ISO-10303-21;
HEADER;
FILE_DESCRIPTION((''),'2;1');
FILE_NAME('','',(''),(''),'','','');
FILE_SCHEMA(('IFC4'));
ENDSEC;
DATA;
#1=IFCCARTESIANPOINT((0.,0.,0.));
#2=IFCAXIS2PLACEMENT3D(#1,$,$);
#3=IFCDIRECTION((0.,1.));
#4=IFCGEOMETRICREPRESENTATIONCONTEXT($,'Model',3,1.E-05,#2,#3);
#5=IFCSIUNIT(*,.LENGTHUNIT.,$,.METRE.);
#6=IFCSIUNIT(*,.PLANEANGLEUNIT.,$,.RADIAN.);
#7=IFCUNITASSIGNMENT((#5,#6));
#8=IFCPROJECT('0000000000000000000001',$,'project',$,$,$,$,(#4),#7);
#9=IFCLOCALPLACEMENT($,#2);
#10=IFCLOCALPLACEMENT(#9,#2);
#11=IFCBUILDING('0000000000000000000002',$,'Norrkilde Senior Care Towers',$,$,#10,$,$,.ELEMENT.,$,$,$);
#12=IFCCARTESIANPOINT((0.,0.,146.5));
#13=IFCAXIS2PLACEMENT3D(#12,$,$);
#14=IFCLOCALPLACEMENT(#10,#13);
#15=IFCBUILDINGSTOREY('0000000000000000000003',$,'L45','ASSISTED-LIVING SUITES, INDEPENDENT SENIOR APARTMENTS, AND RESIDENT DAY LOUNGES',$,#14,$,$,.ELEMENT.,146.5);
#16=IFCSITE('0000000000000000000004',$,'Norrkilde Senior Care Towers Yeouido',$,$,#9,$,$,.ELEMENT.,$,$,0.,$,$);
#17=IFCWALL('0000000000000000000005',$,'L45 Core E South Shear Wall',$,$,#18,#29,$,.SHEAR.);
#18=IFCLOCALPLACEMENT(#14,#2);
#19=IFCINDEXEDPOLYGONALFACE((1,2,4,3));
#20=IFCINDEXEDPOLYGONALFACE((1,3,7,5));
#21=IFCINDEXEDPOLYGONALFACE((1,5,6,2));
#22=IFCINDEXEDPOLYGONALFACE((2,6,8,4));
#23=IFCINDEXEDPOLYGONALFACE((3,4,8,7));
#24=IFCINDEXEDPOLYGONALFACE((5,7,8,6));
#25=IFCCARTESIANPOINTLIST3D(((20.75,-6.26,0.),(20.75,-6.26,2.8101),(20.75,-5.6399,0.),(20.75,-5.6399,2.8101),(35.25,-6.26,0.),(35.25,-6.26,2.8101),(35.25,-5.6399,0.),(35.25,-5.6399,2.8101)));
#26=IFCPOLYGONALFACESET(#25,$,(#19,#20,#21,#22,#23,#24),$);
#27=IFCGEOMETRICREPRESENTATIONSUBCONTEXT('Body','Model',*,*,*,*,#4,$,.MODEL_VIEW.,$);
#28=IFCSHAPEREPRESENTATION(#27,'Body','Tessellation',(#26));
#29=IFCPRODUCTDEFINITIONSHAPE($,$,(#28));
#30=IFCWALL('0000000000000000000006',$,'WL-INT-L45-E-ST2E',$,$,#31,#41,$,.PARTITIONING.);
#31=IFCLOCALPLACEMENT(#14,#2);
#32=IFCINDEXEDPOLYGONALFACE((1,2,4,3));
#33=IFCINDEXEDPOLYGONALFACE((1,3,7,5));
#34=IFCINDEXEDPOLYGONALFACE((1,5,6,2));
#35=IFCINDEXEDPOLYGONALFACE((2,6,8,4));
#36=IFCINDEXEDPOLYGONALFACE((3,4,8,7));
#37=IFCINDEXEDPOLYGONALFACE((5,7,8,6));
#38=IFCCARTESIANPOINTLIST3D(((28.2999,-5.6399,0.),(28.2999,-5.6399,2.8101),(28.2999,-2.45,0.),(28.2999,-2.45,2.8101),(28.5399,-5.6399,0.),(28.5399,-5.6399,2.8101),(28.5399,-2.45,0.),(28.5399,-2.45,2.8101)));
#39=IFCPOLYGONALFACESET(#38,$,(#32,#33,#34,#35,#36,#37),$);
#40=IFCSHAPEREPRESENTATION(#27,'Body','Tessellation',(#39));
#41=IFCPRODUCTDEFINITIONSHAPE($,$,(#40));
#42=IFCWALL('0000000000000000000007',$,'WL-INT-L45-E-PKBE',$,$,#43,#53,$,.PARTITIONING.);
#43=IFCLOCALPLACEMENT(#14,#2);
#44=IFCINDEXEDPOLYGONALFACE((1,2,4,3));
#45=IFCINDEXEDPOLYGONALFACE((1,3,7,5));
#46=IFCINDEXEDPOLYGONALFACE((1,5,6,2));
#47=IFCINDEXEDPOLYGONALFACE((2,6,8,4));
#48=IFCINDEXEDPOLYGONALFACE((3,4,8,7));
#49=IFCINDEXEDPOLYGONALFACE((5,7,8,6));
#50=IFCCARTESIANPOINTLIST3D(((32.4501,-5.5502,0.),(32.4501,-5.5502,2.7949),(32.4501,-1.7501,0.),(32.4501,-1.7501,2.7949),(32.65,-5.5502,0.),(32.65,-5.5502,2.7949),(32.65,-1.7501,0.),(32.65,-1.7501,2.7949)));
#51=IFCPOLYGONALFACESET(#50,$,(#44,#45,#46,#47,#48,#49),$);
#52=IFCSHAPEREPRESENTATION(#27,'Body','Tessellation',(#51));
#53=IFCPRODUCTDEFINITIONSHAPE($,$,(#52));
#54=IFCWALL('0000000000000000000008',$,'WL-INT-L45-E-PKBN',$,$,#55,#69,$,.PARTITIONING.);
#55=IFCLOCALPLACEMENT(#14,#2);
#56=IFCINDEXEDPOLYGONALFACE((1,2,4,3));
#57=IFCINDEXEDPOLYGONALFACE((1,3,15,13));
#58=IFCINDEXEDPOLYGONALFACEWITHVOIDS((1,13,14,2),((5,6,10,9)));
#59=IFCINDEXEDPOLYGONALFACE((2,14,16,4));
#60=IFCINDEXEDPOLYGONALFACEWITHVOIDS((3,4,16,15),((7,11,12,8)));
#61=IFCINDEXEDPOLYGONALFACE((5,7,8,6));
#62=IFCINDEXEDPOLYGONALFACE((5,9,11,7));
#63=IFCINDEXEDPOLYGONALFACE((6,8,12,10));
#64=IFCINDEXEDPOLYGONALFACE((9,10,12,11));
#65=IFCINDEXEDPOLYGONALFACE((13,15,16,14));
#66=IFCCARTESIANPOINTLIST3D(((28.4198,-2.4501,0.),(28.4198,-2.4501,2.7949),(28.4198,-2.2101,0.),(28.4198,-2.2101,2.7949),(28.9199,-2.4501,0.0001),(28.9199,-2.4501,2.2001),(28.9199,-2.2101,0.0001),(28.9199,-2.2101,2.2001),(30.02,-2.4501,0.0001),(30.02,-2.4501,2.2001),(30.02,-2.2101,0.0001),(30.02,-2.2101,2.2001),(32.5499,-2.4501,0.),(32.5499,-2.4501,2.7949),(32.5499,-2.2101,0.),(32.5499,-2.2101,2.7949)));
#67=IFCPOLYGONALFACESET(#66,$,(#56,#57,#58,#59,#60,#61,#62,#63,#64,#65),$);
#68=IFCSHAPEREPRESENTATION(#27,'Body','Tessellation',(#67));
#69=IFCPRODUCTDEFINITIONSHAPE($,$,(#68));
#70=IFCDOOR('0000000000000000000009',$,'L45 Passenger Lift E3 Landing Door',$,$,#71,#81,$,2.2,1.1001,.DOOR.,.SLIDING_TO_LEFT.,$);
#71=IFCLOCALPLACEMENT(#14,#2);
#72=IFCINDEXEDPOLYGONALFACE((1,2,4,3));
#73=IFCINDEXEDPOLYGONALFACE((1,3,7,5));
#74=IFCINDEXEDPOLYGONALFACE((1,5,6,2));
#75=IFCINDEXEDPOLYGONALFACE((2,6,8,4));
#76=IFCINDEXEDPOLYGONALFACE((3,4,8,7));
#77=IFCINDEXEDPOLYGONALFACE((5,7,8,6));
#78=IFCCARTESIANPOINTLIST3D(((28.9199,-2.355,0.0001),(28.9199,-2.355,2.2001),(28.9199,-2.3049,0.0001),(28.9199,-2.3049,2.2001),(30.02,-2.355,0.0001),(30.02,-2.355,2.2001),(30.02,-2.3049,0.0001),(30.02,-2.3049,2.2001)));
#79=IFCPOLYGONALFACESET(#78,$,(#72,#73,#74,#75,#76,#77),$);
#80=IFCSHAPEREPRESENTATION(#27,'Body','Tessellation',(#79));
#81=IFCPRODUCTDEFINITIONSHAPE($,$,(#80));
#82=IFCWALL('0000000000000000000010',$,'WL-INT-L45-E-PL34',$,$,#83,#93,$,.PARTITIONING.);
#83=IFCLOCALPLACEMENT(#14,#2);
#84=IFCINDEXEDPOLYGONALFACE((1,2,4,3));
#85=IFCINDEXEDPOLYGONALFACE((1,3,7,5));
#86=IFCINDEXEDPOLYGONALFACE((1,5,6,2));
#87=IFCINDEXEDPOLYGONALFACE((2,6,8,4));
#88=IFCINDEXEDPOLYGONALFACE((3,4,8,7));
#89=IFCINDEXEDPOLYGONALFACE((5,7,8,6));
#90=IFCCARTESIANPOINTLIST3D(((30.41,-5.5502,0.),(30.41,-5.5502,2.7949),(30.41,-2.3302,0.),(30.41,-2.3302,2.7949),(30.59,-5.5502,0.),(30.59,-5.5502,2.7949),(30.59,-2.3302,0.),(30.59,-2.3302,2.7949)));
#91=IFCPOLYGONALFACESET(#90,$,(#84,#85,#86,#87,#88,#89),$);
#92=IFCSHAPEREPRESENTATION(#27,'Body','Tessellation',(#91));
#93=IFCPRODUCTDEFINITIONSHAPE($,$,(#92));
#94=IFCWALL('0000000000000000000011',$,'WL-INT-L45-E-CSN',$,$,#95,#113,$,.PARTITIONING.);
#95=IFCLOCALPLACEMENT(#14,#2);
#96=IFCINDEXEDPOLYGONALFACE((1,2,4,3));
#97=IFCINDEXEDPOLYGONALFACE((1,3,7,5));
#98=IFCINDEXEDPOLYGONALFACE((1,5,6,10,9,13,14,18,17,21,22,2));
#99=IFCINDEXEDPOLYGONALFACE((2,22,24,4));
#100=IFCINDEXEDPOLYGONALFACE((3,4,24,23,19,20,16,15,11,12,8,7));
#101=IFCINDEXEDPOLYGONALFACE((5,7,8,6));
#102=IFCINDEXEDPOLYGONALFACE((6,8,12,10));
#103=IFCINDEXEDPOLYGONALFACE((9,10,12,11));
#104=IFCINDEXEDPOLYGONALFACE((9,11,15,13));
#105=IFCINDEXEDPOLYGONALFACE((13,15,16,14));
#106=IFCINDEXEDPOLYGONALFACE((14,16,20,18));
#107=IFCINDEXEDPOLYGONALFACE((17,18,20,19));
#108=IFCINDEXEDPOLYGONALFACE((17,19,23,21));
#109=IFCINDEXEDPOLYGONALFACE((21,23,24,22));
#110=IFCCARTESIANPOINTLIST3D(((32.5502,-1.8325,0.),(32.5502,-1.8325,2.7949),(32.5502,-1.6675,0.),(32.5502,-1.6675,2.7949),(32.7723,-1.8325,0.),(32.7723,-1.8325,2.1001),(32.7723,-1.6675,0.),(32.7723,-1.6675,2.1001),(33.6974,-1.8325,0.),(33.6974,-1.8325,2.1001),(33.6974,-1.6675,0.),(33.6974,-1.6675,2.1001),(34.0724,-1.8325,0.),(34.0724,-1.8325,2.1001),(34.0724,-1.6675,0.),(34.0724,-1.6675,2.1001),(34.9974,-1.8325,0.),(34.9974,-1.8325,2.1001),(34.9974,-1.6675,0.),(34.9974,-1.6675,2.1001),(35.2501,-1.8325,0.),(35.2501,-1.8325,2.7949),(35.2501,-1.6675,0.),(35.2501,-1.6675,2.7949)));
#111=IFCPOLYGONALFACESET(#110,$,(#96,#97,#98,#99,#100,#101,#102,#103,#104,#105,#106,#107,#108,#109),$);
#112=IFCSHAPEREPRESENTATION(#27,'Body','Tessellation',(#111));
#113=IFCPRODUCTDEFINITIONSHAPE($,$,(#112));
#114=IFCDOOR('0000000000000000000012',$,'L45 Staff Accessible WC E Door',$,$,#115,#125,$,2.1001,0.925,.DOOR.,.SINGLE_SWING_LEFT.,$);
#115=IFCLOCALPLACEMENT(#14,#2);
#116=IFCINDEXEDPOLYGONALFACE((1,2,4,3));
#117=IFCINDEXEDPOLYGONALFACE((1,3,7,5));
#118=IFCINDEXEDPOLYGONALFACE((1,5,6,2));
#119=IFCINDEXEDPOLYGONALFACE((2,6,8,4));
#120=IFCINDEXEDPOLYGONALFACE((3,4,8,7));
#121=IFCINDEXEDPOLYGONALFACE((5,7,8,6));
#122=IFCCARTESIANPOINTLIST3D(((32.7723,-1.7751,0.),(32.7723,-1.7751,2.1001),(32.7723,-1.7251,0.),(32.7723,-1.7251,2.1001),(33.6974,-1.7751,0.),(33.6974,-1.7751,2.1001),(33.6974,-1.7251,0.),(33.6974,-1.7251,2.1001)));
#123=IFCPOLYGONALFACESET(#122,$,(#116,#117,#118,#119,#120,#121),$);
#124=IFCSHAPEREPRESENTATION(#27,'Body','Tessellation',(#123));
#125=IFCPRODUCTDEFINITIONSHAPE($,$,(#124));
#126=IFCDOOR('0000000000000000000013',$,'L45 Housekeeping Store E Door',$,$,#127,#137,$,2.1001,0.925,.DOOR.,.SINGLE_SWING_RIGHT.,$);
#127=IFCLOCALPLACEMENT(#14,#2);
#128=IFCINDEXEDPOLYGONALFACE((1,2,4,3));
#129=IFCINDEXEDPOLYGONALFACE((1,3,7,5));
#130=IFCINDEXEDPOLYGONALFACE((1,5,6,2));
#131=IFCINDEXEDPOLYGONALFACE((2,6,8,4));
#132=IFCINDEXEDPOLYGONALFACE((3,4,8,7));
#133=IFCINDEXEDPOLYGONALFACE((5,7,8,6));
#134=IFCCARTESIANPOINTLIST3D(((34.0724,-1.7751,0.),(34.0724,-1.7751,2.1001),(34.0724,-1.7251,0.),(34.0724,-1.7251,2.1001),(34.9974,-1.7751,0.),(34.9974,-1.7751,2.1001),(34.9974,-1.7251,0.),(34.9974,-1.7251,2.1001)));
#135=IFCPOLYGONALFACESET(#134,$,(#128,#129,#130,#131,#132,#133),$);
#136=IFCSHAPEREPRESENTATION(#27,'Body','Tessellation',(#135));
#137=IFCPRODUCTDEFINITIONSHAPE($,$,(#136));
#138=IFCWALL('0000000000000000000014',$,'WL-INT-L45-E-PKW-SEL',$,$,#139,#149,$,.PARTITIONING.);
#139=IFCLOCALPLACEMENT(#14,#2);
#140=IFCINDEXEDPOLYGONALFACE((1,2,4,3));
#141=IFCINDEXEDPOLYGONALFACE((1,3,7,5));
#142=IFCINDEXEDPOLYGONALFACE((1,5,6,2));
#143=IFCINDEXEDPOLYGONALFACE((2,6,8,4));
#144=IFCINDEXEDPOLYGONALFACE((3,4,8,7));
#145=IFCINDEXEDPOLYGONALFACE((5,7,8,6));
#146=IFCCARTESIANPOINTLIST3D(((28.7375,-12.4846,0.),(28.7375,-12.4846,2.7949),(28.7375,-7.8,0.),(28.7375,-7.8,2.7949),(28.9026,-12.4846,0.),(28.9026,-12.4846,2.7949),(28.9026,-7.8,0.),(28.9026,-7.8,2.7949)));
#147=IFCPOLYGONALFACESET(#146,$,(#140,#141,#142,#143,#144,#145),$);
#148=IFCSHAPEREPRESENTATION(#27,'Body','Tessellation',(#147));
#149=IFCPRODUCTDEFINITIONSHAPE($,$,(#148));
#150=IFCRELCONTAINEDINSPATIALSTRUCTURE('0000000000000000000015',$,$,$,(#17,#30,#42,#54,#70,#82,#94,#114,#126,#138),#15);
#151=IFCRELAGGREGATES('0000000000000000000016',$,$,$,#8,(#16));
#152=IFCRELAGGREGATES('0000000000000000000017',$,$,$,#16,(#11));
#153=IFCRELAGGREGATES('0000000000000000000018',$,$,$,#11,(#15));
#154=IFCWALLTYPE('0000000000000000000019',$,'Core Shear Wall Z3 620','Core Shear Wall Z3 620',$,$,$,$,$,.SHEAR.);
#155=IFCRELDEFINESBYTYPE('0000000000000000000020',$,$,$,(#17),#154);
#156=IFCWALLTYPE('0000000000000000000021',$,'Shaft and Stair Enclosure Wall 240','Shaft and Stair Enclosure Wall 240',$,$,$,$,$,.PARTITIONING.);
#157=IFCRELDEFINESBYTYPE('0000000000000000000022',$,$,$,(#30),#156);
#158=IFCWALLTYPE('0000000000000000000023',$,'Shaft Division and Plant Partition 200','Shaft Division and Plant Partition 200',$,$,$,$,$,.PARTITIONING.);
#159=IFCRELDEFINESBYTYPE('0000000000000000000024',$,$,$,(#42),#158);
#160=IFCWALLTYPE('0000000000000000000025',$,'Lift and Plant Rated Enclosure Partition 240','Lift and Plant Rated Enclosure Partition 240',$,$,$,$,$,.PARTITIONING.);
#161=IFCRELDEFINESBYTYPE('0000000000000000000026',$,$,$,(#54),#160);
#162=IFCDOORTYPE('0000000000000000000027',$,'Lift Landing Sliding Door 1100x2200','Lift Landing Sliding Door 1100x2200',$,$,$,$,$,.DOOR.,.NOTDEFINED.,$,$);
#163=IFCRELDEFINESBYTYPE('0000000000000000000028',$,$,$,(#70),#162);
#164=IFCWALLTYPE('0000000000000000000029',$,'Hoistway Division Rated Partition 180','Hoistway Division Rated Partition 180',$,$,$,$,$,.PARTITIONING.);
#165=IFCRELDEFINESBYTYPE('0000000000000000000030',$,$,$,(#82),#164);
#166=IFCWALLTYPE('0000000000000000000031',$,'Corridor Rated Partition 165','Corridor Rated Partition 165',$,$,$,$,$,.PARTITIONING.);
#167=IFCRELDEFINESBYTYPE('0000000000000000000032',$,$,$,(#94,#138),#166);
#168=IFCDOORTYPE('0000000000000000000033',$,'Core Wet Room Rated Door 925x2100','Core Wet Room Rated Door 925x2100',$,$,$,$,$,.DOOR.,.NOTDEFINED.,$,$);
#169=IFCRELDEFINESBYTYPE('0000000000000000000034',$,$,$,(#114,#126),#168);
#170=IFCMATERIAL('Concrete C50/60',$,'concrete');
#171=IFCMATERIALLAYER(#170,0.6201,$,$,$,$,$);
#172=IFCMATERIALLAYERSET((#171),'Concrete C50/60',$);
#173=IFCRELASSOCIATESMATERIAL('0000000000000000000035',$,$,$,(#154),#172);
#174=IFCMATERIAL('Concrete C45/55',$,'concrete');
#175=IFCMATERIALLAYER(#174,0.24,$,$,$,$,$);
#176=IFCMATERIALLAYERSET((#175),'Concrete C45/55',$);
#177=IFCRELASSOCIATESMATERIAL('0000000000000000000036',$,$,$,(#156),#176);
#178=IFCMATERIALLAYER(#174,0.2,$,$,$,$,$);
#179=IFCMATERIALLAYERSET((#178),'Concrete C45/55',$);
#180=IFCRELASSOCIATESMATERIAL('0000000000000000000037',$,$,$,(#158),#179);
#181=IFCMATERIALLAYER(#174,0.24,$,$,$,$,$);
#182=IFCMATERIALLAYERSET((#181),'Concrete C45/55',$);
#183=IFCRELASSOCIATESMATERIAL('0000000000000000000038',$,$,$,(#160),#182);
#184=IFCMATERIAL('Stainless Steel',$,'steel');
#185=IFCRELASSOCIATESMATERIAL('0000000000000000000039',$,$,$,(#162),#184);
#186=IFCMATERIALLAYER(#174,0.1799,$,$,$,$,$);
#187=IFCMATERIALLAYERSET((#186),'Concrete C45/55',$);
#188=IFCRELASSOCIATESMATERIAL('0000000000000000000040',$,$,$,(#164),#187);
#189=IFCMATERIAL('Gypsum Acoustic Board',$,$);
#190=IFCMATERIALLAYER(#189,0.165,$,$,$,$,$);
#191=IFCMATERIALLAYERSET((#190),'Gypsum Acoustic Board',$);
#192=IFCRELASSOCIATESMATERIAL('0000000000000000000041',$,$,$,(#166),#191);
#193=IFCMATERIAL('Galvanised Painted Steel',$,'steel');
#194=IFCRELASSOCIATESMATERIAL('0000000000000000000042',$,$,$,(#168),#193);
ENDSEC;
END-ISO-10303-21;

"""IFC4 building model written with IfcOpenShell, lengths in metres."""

from ifc_helpers import new_model, si_unit, direction, frame, frame_2d, origin, place, context, subcontext, project, spatial, rectangle, extrude, source, transform, mapped, material, layer, layer_set, type_object, type_shapes, element, fill, save


model = new_model("IFC4")

# Units and contexts
model_context = context("Model", 3, precision=1e-05, world=origin(), true_north=direction((0.0, 1.0)))
body_context = subcontext(model_context, "Body", "Model", "MODEL_VIEW")
ifc_project = project(units=[si_unit("LENGTHUNIT", "METRE"), si_unit("PLANEANGLEUNIT", "RADIAN")], contexts=[model_context])

# Site, building, storey
site_placement = place(None, origin())
site = spatial("IfcSite", under=ifc_project, at=site_placement, Name="Norrkilde Senior Care Towers Yeouido", CompositionType="ELEMENT", RefElevation=0.0)
building_placement = place(site_placement, origin())
building = spatial("IfcBuilding", under=site, at=building_placement, Name="Norrkilde Senior Care Towers", CompositionType="ELEMENT")
storey_placement = place(building_placement, frame((0.0, 0.0, 146.5)))
storey = spatial("IfcBuildingStorey", under=building, at=storey_placement, Name="L45", Description="ASSISTED-LIVING SUITES, INDEPENDENT SENIOR APARTMENTS, AND RESIDENT DAY LOUNGES", CompositionType="ELEMENT", Elevation=146.5)

# Shared definitions
ifc_material_1 = material(Name="Concrete C50/60", Category="concrete")

# Walls
ifc_layer_1 = layer(ifc_material_1, 0.6201)
ifc_layer_set_1 = layer_set([ifc_layer_1], Name="Concrete C50/60")
wall_type_1 = type_object("IfcWallType", Name="Core Shear Wall Z3 620", Description="Core Shear Wall Z3 620", PredefinedType="SHEAR", material=ifc_layer_set_1)
shared_shape_1 = source(origin(), body_context, "Body", "SweptSolid", [
    extrude(rectangle(XDim=14.5, YDim=0.6201, at=frame_2d((7.25, 0.0))), origin(), (0.0, 0.0, 1.0), 2.8101),
])
type_shapes(wall_type_1, [shared_shape_1])
wall_1_placement = place(storey_placement, frame((35.25, -5.95, 0.0), z_axis=(0.0, 0.0, 1.0), x_axis=(-1.0, 0.0, 0.0)))
element("IfcWall", 1, at=wall_1_placement, inside=storey, type_object=wall_type_1, Name="L45 Core E South Shear Wall", PredefinedType="SHEAR", context=body_context, shape_type="MappedRepresentation", body=[
    mapped(shared_shape_1, transform((0.0, 0.0, 0.0), x_axis=(1.0, 0.0, 0.0), y_axis=(0.0, 1.0, 0.0), z_axis=(0.0, 0.0, 1.0), scale=1.0)),
])
ifc_material_2 = material(Name="Concrete C45/55", Category="concrete")
ifc_layer_2 = layer(ifc_material_2, 0.24)
ifc_layer_set_2 = layer_set([ifc_layer_2], Name="Concrete C45/55")
wall_type_2 = type_object("IfcWallType", Name="Shaft and Stair Enclosure Wall 240", Description="Shaft and Stair Enclosure Wall 240", PredefinedType="PARTITIONING", material=ifc_layer_set_2)
shared_shape_2 = source(origin(), body_context, "Body", "SweptSolid", [
    extrude(rectangle(XDim=3.1899, YDim=0.24, at=frame_2d((1.595, 0.0))), origin(), (0.0, 0.0, 1.0), 2.8101),
])
type_shapes(wall_type_2, [shared_shape_2])
wall_2_placement = place(storey_placement, frame((28.4199, -5.6399, 0.0), z_axis=(0.0, 0.0, 1.0), x_axis=(0.0, 1.0, 0.0)))
element("IfcWall", 2, at=wall_2_placement, inside=storey, type_object=wall_type_2, Name="WL-INT-L45-E-ST2E", PredefinedType="PARTITIONING", context=body_context, shape_type="MappedRepresentation", body=[
    mapped(shared_shape_2, transform((0.0, 0.0, 0.0), x_axis=(1.0, 0.0, 0.0), y_axis=(0.0, 1.0, 0.0), z_axis=(0.0, 0.0, 1.0), scale=1.0)),
])
ifc_layer_3 = layer(ifc_material_2, 0.2)
ifc_layer_set_3 = layer_set([ifc_layer_3], Name="Concrete C45/55")
wall_type_3 = type_object("IfcWallType", Name="Shaft Division and Plant Partition 200", Description="Shaft Division and Plant Partition 200", PredefinedType="PARTITIONING", material=ifc_layer_set_3)
shared_shape_3 = source(origin(), body_context, "Body", "SweptSolid", [
    extrude(rectangle(XDim=3.8, YDim=0.2, at=frame_2d((1.8999, 0.0))), origin(), (0.0, 0.0, 1.0), 2.7949),
])
type_shapes(wall_type_3, [shared_shape_3])
wall_3_placement = place(storey_placement, frame((32.55, -5.55, 0.0), z_axis=(0.0, 0.0, 1.0), x_axis=(0.0, 1.0, 0.0)))
element("IfcWall", 3, at=wall_3_placement, inside=storey, type_object=wall_type_3, Name="WL-INT-L45-E-PKBE", PredefinedType="PARTITIONING", context=body_context, shape_type="MappedRepresentation", body=[
    mapped(shared_shape_3, transform((0.0, 0.0, 0.0), x_axis=(1.0, 0.0, 0.0), y_axis=(0.0, 1.0, 0.0), z_axis=(0.0, 0.0, 1.0), scale=1.0)),
])

# Wall, opening, door
ifc_layer_4 = layer(ifc_material_2, 0.24)
ifc_layer_set_4 = layer_set([ifc_layer_4], Name="Concrete C45/55")
wall_type_4 = type_object("IfcWallType", Name="Lift and Plant Rated Enclosure Partition 240", Description="Lift and Plant Rated Enclosure Partition 240", PredefinedType="PARTITIONING", material=ifc_layer_set_4)
shared_shape_4 = source(origin(), body_context, "Body", "SweptSolid", [
    extrude(rectangle(XDim=4.1301, YDim=0.24, at=frame_2d((2.0649, 0.0))), origin(), (0.0, 0.0, 1.0), 2.7949),
])
type_shapes(wall_type_4, [shared_shape_4])
wall_4_placement = place(storey_placement, frame((28.4199, -2.3301, 0.0), z_axis=(0.0, 0.0, 1.0), x_axis=(1.0, 0.0, 0.0)))
wall_4 = element("IfcWall", 4, at=wall_4_placement, inside=storey, type_object=wall_type_4, Name="WL-INT-L45-E-PKBN", PredefinedType="PARTITIONING", context=body_context, shape_type="MappedRepresentation", body=[
    mapped(shared_shape_4, transform((0.0, 0.0, 0.0), x_axis=(1.0, 0.0, 0.0), y_axis=(0.0, 1.0, 0.0), z_axis=(0.0, 0.0, 1.0), scale=1.0)),
])
opening_1_placement = place(wall_4_placement, frame((0.5, 0.0, 0.0)))
opening_1 = element("IfcOpeningElement", 5, at=opening_1_placement, cuts=wall_4, PredefinedType="OPENING", context=body_context, shape_type="SweptSolid", body=[
    extrude(rectangle(XDim=1.1001, YDim=2.2, at=frame_2d((0.55, 1.1001))), frame((0.0, 0.1299, 0.0), z_axis=(0.0, -1.0, 0.0), x_axis=(1.0, 0.0, 0.0)), (0.0, 0.0, 1.0), 0.26),
])
ifc_material_3 = material(Name="Stainless Steel", Category="steel")
door_type_1 = type_object("IfcDoorType", Name="Lift Landing Sliding Door 1100x2200", Description="Lift Landing Sliding Door 1100x2200", OperationType="NOTDEFINED", PredefinedType="DOOR", material=ifc_material_3)
shared_shape_5 = source(origin(), body_context, "Body", "SweptSolid", [
    extrude(rectangle(XDim=1.1001, YDim=2.2, at=frame_2d((0.55, 1.1001))), frame((0.0, 0.0249, 0.0), z_axis=(0.0, -1.0, 0.0), x_axis=(1.0, 0.0, 0.0)), (0.0, 0.0, 1.0), 0.05),
])
type_shapes(door_type_1, [shared_shape_5])
door_1_placement = place(opening_1_placement, frame((1.1001, 0.0, 0.0), z_axis=(0.0, 0.0, 1.0), x_axis=(-1.0, 0.0, 0.0)))
door_1 = element("IfcDoor", 6, at=door_1_placement, inside=storey, type_object=door_type_1, Name="L45 Passenger Lift E3 Landing Door", OperationType="SLIDING_TO_LEFT", OverallHeight=2.2, OverallWidth=1.1001, PredefinedType="DOOR", context=body_context, shape_type="MappedRepresentation", body=[
    mapped(shared_shape_5, transform((0.0, 0.0, 0.0), x_axis=(1.0, 0.0, 0.0), y_axis=(0.0, 1.0, 0.0), z_axis=(0.0, 0.0, 1.0), scale=1.0)),
])
fill(opening_1, door_1)

# Wall
ifc_layer_5 = layer(ifc_material_2, 0.1799)
ifc_layer_set_5 = layer_set([ifc_layer_5], Name="Concrete C45/55")
wall_type_5 = type_object("IfcWallType", Name="Hoistway Division Rated Partition 180", Description="Hoistway Division Rated Partition 180", PredefinedType="PARTITIONING", material=ifc_layer_set_5)
shared_shape_6 = source(origin(), body_context, "Body", "SweptSolid", [
    extrude(rectangle(XDim=3.22, YDim=0.1799, at=frame_2d((1.6099, 0.0))), origin(), (0.0, 0.0, 1.0), 2.7949),
])
type_shapes(wall_type_5, [shared_shape_6])
wall_5_placement = place(storey_placement, frame((30.5, -5.55, 0.0), z_axis=(0.0, 0.0, 1.0), x_axis=(0.0, 1.0, 0.0)))
element("IfcWall", 7, at=wall_5_placement, inside=storey, type_object=wall_type_5, Name="WL-INT-L45-E-PL34", PredefinedType="PARTITIONING", context=body_context, shape_type="MappedRepresentation", body=[
    mapped(shared_shape_6, transform((0.0, 0.0, 0.0), x_axis=(1.0, 0.0, 0.0), y_axis=(0.0, 1.0, 0.0), z_axis=(0.0, 0.0, 1.0), scale=1.0)),
])

# Wall, openings, doors
ifc_material_4 = material(Name="Gypsum Acoustic Board")
ifc_layer_6 = layer(ifc_material_4, 0.165)
ifc_layer_set_6 = layer_set([ifc_layer_6], Name="Gypsum Acoustic Board")
wall_type_6 = type_object("IfcWallType", Name="Corridor Rated Partition 165", Description="Corridor Rated Partition 165", PredefinedType="PARTITIONING", material=ifc_layer_set_6)
shared_shape_7 = source(origin(), body_context, "Body", "SweptSolid", [
    extrude(rectangle(XDim=2.7, YDim=0.165, at=frame_2d((1.3501, 0.0))), origin(), (0.0, 0.0, 1.0), 2.7949),
])
wall_6_placement = place(storey_placement, frame((32.55, -1.75, 0.0), z_axis=(0.0, 0.0, 1.0), x_axis=(1.0, 0.0, 0.0)))
wall_6 = element("IfcWall", 8, at=wall_6_placement, inside=storey, type_object=wall_type_6, Name="WL-INT-L45-E-CSN", PredefinedType="PARTITIONING", context=body_context, shape_type="MappedRepresentation", body=[
    mapped(shared_shape_7, transform((0.0, 0.0, 0.0), x_axis=(1.0, 0.0, 0.0), y_axis=(0.0, 1.0, 0.0), z_axis=(0.0, 0.0, 1.0), scale=1.0)),
])
opening_2_placement = place(wall_6_placement, frame((0.2224, 0.0, 0.0)))
opening_2 = element("IfcOpeningElement", 9, at=opening_2_placement, cuts=wall_6, PredefinedType="OPENING", context=body_context, shape_type="SweptSolid", body=[
    extrude(rectangle(XDim=0.925, YDim=2.1001, at=frame_2d((0.4624, 1.05))), frame((0.0, 0.0925, 0.0), z_axis=(0.0, -1.0, 0.0), x_axis=(1.0, 0.0, 0.0)), (0.0, 0.0, 1.0), 0.1851),
])
opening_3_placement = place(wall_6_placement, frame((1.5225, 0.0, 0.0)))
opening_3 = element("IfcOpeningElement", 10, at=opening_3_placement, cuts=wall_6, PredefinedType="OPENING", context=body_context, shape_type="SweptSolid", body=[
    extrude(rectangle(XDim=0.925, YDim=2.1001, at=frame_2d((0.4624, 1.05))), frame((0.0, 0.0925, 0.0), z_axis=(0.0, -1.0, 0.0), x_axis=(1.0, 0.0, 0.0)), (0.0, 0.0, 1.0), 0.1851),
])
ifc_material_5 = material(Name="Galvanised Painted Steel", Category="steel")
door_type_2 = type_object("IfcDoorType", Name="Core Wet Room Rated Door 925x2100", Description="Core Wet Room Rated Door 925x2100", OperationType="NOTDEFINED", PredefinedType="DOOR", material=ifc_material_5)
shared_shape_8 = source(origin(), body_context, "Body", "SweptSolid", [
    extrude(rectangle(XDim=0.925, YDim=2.1001, at=frame_2d((0.4624, 1.05))), frame((0.0, 0.0249, 0.0), z_axis=(0.0, -1.0, 0.0), x_axis=(1.0, 0.0, 0.0)), (0.0, 0.0, 1.0), 0.05),
])
type_shapes(door_type_2, [shared_shape_8])
door_2_placement = place(opening_2_placement, origin())
door_2 = element("IfcDoor", 11, at=door_2_placement, inside=storey, type_object=door_type_2, Name="L45 Staff Accessible WC E Door", OperationType="SINGLE_SWING_LEFT", OverallHeight=2.1001, OverallWidth=0.925, PredefinedType="DOOR", context=body_context, shape_type="MappedRepresentation", body=[
    mapped(shared_shape_8, transform((0.0, 0.0, 0.0), x_axis=(1.0, 0.0, 0.0), y_axis=(0.0, 1.0, 0.0), z_axis=(0.0, 0.0, 1.0), scale=1.0)),
])
fill(opening_2, door_2)
door_3_placement = place(opening_3_placement, origin())
door_3 = element("IfcDoor", 12, at=door_3_placement, inside=storey, type_object=door_type_2, Name="L45 Housekeeping Store E Door", OperationType="SINGLE_SWING_RIGHT", OverallHeight=2.1001, OverallWidth=0.925, PredefinedType="DOOR", context=body_context, shape_type="MappedRepresentation", body=[
    mapped(shared_shape_8, transform((0.0, 0.0, 0.0), x_axis=(1.0, 0.0, 0.0), y_axis=(0.0, 1.0, 0.0), z_axis=(0.0, 0.0, 1.0), scale=1.0)),
])
fill(opening_3, door_3)

# Shared definitions
shared_shape_9 = source(origin(), body_context, "Body", "SweptSolid", [
    extrude(rectangle(XDim=4.6846, YDim=0.165, at=frame_2d((2.3423, 0.0))), origin(), (0.0, 0.0, 1.0), 2.7949),
])

# Wall
wall_7_placement = place(storey_placement, frame((28.8201, -12.4846, 0.0), z_axis=(0.0, 0.0, 1.0), x_axis=(0.0, 1.0, 0.0)))
element("IfcWall", 13, at=wall_7_placement, inside=storey, type_object=wall_type_6, Name="WL-INT-L45-E-PKW-SEL", PredefinedType="PARTITIONING", context=body_context, shape_type="MappedRepresentation", body=[
    mapped(shared_shape_9, transform((0.0, 0.0, 0.0), x_axis=(1.0, 0.0, 0.0), y_axis=(0.0, 1.0, 0.0), z_axis=(0.0, 0.0, 1.0), scale=1.0)),
])

save(model, "model.ifc")
